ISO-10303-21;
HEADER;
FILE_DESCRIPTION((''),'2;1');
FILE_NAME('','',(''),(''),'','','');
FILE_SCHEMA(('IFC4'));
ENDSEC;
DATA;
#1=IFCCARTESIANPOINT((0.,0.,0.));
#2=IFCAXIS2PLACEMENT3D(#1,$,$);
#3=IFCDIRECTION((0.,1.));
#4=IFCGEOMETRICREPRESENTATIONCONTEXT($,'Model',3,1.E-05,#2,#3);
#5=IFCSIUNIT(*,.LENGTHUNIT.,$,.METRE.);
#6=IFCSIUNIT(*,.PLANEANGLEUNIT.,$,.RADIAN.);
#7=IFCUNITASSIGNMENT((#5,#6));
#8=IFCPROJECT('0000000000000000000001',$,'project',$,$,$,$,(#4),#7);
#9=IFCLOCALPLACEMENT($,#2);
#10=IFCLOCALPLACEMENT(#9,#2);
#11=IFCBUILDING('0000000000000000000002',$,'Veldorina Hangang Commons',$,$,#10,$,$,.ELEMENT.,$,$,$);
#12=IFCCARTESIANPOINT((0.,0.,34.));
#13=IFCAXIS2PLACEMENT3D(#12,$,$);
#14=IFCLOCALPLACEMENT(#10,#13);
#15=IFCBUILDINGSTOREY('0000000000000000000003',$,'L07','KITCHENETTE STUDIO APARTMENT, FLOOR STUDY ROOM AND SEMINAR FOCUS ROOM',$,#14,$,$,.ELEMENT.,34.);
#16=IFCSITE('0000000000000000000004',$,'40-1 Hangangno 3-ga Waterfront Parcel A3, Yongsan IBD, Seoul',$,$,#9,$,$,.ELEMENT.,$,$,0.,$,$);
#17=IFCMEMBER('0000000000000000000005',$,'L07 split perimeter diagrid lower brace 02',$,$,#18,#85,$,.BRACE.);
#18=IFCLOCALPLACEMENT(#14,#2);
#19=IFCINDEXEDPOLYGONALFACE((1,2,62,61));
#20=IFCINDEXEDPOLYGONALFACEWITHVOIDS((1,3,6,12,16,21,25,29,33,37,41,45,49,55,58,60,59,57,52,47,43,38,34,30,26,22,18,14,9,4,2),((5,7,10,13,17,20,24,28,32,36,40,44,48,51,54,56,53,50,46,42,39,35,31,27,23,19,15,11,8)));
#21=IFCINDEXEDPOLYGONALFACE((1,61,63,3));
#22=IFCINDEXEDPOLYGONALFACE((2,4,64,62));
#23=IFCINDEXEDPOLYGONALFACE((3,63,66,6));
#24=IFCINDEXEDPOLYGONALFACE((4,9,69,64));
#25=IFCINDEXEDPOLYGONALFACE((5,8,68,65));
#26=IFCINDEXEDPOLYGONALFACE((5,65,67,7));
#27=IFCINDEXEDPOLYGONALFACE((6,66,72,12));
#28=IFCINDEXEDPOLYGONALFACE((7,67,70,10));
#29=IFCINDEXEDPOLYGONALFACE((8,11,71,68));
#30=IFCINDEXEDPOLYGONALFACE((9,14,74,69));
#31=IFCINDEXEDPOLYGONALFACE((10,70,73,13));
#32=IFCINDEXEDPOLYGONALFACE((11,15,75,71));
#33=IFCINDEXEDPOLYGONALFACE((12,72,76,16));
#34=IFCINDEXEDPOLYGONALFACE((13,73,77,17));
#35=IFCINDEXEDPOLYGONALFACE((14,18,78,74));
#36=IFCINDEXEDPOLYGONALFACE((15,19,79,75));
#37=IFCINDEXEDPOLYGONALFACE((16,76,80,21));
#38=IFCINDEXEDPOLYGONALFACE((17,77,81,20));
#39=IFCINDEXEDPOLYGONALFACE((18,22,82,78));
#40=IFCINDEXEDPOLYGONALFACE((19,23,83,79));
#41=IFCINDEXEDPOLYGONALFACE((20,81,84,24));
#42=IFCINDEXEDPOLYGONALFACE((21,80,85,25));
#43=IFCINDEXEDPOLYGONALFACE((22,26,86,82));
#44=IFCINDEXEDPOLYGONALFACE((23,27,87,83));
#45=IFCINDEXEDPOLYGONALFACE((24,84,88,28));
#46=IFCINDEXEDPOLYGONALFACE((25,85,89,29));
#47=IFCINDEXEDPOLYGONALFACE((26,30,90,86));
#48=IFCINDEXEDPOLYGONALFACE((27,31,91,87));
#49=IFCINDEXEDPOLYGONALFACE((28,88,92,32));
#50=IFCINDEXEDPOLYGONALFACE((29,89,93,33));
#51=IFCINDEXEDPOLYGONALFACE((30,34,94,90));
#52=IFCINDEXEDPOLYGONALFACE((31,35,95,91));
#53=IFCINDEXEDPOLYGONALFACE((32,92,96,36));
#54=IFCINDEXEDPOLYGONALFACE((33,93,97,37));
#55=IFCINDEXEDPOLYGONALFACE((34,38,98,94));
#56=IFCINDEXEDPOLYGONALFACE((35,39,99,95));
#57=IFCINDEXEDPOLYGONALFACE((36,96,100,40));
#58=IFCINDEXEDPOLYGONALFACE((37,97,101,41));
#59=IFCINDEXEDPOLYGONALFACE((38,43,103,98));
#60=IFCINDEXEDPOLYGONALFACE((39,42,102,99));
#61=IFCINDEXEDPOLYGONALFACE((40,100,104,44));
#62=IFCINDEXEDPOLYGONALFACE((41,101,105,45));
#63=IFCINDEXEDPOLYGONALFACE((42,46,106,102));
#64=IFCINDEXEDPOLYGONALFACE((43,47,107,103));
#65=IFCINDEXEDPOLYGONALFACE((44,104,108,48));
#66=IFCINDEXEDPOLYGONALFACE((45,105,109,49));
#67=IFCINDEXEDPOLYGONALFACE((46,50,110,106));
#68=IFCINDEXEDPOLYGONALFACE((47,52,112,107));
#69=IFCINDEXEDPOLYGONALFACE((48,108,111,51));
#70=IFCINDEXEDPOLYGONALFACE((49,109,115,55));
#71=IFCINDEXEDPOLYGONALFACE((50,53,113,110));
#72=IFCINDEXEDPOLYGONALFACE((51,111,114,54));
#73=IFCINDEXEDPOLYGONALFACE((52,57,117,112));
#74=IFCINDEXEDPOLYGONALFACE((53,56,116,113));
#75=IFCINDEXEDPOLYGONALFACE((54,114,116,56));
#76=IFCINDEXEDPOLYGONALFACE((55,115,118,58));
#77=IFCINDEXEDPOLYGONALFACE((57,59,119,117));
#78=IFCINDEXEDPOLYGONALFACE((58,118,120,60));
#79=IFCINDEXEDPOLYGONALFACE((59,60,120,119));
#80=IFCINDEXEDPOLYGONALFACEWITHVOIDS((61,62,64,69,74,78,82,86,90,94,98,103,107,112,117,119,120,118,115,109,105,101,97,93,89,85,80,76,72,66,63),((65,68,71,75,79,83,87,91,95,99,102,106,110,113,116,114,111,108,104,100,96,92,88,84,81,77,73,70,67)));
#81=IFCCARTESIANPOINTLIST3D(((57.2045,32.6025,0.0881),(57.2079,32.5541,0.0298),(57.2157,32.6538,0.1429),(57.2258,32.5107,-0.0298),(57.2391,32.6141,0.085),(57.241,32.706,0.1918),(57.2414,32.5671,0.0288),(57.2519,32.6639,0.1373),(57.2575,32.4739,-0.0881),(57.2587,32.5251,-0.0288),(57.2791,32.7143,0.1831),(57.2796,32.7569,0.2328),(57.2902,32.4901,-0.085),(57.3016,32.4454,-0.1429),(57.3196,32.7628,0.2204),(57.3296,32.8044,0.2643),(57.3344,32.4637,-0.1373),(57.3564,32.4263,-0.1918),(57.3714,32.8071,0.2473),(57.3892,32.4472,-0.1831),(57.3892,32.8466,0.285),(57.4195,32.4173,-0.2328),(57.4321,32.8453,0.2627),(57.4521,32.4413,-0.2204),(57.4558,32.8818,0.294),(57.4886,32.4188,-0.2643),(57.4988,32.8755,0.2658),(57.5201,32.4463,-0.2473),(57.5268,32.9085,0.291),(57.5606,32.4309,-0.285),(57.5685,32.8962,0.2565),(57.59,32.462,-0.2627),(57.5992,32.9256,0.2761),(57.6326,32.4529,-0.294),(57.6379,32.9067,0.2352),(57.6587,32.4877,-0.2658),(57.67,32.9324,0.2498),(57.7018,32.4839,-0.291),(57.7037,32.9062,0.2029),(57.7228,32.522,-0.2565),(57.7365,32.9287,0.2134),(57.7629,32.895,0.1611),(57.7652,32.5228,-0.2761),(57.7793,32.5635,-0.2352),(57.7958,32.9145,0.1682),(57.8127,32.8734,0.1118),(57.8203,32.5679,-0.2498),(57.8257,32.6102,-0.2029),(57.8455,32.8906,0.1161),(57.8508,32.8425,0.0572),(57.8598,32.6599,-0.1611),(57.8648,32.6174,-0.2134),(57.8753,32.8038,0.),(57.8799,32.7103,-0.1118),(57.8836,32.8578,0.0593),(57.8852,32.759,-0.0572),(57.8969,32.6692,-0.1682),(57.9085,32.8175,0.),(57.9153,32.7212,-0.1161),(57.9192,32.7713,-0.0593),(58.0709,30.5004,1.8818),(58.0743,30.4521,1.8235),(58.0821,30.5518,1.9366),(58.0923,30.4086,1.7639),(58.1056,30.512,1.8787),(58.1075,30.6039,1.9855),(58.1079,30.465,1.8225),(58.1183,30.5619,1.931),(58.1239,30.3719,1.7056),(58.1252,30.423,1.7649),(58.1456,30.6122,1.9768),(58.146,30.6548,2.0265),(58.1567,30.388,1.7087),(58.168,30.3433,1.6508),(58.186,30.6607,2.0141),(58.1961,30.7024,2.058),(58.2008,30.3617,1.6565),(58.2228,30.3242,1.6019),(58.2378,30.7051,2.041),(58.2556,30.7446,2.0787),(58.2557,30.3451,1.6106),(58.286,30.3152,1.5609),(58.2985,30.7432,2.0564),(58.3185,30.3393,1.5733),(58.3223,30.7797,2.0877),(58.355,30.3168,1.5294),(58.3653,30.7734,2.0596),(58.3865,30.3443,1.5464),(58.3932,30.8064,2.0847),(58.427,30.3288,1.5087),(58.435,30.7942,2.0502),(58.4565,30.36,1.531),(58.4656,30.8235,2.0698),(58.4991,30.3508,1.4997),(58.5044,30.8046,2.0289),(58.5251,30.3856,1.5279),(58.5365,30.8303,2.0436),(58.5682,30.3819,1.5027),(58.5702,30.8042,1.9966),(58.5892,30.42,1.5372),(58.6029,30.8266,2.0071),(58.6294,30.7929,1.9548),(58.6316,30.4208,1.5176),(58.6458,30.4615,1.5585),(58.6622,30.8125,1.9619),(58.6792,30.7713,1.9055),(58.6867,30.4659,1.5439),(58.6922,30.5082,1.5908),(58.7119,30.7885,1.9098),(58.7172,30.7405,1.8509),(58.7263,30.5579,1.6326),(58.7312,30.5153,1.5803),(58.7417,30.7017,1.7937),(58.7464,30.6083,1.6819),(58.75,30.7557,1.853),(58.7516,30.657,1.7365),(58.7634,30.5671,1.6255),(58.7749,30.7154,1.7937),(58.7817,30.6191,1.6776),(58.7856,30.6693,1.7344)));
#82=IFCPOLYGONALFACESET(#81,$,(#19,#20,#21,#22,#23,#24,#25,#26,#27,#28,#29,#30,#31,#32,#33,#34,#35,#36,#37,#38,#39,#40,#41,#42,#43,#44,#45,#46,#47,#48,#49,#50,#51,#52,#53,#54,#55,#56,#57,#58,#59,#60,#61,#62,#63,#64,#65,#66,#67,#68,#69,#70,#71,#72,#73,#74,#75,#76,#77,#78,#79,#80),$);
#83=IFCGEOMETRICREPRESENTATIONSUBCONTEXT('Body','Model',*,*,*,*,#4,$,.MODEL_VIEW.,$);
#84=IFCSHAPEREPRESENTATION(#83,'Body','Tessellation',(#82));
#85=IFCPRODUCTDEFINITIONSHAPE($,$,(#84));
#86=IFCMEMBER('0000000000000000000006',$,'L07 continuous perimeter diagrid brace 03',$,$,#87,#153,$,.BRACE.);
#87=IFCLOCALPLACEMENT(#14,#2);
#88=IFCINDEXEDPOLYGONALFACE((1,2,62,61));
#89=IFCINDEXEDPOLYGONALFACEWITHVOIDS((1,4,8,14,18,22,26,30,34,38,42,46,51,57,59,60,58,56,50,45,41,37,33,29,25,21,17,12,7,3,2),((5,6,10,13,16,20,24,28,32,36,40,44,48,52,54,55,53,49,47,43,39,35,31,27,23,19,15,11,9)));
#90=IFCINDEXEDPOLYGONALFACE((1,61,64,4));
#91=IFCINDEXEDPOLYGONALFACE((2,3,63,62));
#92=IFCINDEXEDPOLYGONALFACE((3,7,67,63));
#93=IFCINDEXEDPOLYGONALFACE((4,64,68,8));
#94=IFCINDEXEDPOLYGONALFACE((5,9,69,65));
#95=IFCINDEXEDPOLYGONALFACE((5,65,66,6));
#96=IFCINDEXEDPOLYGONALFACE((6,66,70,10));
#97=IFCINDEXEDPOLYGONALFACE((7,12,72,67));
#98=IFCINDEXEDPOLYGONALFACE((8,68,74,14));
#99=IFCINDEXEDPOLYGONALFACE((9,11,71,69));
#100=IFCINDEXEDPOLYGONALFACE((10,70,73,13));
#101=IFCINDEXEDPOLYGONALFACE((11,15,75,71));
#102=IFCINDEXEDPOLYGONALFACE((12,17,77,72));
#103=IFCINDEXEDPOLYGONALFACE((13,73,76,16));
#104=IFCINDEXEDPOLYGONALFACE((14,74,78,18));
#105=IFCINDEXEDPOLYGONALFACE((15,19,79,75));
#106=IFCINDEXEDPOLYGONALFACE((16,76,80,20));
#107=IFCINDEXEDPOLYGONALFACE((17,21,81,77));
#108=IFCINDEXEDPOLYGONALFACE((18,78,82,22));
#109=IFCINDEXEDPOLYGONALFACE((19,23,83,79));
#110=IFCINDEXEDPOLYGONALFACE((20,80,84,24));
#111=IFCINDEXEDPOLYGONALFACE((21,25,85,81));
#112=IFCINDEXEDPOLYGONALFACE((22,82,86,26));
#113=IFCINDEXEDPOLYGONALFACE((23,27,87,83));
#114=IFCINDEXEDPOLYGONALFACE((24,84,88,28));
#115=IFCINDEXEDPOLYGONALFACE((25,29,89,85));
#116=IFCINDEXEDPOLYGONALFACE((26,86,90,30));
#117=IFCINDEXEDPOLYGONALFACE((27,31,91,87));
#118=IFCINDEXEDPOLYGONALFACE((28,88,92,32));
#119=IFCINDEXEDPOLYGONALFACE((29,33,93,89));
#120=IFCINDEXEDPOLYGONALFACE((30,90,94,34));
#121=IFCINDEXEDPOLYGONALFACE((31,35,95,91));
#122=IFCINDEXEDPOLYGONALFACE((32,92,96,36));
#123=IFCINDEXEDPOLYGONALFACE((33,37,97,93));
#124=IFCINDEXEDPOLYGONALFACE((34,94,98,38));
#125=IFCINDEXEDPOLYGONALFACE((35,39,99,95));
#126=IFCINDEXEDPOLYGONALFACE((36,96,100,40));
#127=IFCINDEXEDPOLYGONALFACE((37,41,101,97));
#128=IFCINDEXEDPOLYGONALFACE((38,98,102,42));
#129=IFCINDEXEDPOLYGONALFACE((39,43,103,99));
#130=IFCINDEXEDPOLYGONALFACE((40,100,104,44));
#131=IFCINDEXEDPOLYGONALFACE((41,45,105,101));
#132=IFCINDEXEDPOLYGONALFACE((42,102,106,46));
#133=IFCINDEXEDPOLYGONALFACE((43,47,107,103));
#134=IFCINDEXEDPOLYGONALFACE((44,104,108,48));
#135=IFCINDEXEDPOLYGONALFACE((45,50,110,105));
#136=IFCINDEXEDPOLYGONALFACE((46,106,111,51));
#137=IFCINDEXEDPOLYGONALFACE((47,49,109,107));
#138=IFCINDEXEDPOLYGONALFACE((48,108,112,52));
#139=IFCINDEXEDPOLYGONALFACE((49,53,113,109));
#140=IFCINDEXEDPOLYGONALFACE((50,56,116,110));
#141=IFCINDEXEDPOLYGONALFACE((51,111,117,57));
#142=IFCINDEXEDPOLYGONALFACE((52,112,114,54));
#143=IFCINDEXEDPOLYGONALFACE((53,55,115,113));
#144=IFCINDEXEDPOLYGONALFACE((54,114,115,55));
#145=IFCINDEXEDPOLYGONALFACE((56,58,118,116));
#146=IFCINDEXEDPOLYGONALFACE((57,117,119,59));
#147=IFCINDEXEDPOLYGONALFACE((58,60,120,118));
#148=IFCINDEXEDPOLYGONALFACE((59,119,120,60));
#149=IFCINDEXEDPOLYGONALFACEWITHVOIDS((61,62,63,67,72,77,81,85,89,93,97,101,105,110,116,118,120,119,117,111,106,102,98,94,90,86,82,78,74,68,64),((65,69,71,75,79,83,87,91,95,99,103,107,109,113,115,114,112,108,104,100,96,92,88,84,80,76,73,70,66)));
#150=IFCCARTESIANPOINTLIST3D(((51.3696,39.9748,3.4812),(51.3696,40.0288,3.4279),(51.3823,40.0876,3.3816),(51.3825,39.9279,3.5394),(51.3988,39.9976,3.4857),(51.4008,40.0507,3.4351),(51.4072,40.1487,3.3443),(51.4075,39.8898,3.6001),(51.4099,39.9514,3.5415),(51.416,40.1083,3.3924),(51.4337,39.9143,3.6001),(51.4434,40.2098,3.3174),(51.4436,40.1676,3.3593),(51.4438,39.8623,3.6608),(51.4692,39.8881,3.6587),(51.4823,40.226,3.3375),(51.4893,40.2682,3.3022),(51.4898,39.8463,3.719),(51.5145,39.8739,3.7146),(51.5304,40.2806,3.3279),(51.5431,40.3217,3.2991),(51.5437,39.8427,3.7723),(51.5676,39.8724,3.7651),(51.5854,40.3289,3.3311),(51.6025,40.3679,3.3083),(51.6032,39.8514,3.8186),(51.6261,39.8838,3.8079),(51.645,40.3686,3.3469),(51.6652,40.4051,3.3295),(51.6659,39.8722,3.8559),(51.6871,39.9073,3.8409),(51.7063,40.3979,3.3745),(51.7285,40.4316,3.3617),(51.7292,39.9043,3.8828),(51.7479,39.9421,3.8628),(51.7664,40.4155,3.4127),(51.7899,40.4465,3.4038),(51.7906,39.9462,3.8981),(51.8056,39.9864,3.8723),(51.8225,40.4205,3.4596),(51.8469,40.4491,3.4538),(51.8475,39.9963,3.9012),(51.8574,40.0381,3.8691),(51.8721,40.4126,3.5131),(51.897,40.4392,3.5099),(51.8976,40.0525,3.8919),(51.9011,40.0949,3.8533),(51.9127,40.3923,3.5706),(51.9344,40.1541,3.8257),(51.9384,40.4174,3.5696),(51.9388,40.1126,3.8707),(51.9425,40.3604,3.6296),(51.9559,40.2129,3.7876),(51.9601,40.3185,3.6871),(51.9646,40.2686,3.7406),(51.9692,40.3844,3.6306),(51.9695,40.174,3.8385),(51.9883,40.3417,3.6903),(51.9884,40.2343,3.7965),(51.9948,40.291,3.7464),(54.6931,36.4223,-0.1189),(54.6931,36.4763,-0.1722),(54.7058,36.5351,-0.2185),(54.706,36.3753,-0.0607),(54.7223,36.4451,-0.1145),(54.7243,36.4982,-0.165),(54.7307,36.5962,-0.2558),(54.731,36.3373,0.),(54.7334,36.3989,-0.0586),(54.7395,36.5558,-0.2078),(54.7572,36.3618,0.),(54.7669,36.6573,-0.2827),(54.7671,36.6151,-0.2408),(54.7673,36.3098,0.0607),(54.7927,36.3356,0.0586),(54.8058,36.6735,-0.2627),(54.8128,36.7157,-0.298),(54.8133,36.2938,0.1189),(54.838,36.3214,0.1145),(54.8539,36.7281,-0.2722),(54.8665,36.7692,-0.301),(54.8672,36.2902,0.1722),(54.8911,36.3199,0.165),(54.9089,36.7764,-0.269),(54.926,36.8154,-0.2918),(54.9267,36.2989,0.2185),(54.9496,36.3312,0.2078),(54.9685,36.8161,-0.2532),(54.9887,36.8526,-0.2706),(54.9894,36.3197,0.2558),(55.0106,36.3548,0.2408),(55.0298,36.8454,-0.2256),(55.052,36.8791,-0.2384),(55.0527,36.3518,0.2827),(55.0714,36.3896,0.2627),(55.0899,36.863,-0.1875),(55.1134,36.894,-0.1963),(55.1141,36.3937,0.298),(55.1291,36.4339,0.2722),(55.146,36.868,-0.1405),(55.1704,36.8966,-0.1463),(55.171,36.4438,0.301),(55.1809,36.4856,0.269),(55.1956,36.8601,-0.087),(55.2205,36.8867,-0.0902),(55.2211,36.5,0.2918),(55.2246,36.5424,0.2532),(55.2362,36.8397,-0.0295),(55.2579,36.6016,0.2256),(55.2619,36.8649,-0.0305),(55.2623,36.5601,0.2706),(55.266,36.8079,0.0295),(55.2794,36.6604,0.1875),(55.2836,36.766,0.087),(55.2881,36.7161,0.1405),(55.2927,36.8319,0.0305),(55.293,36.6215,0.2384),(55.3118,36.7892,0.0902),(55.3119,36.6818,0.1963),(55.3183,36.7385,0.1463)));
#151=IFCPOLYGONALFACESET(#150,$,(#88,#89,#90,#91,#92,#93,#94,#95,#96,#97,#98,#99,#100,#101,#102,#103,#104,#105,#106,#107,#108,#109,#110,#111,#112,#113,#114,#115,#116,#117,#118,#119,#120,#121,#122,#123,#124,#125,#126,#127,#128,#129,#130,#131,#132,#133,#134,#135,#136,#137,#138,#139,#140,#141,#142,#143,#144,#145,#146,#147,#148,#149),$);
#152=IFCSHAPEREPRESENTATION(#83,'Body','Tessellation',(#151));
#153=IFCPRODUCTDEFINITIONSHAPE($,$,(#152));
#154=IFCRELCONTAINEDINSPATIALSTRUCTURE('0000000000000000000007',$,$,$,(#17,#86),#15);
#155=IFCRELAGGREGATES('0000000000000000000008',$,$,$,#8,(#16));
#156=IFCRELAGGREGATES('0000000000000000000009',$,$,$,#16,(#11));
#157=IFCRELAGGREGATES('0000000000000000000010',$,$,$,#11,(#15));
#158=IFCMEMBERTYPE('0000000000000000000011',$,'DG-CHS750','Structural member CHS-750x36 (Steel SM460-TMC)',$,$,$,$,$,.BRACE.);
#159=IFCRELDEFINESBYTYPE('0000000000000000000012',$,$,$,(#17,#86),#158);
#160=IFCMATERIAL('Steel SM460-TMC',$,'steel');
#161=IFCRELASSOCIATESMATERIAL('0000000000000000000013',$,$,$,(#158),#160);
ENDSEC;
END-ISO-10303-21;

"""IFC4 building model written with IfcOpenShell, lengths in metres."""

from ifc_helpers import new_model, si_unit, direction, frame, origin, origin_2d, place, context, subcontext, project, spatial, hollow_circle, extrude, material, material_profile, profile_set, type_object, element, save


model = new_model("IFC4")

# Units and contexts
model_context = context("Model", 3, precision=1e-05, world=origin(), true_north=direction((0.0, 1.0)))
body_context = subcontext(model_context, "Body", "Model", "MODEL_VIEW")
ifc_project = project(units=[si_unit("LENGTHUNIT", "METRE"), si_unit("PLANEANGLEUNIT", "RADIAN")], contexts=[model_context])

# Site, building, storey
site_placement = place(None, origin())
site = spatial("IfcSite", under=ifc_project, at=site_placement, Name="40-1 Hangangno 3-ga Waterfront Parcel A3, Yongsan IBD, Seoul", CompositionType="ELEMENT", RefElevation=0.0)
building_placement = place(site_placement, origin())
building = spatial("IfcBuilding", under=site, at=building_placement, Name="Veldorina Hangang Commons", CompositionType="ELEMENT")
storey_placement = place(building_placement, frame((0.0, 0.0, 34.0)))
storey = spatial("IfcBuildingStorey", under=building, at=storey_placement, Name="L07", Description="KITCHENETTE STUDIO APARTMENT, FLOOR STUDY ROOM AND SEMINAR FOCUS ROOM", CompositionType="ELEMENT", Elevation=34.0)

# Shared definitions
ifc_material_1 = material(Name="Steel SM460-TMC", Category="steel")

# Members
ifc_material_profile_1 = material_profile(ifc_material_1, hollow_circle(Radius=0.375, WallThickness=0.0359, at=origin_2d()), Name="CHS-750x36")
ifc_profile_set_1 = profile_set([ifc_material_profile_1], Name="Steel SM460-TMC")
member_type = type_object("IfcMemberType", Name="DG-CHS750", Description="Structural member CHS-750x36 (Steel SM460-TMC)", PredefinedType="BRACE", material=ifc_profile_set_1)
member_1_placement = place(storey_placement, frame((57.5618, 32.6746, 0.0), z_axis=(0.299192, -0.72585, 0.619375), x_axis=(0.924538, 0.38109, 0.0)))
element("IfcMember", 1, at=member_1_placement, inside=storey, type_object=member_type, Name="L07 split perimeter diagrid lower brace 02", PredefinedType="BRACE", context=body_context, shape_type="SweptSolid", body=[
    extrude(hollow_circle(Radius=0.375, WallThickness=0.0359, at=origin_2d()), origin(), (0.0, 0.0, 1.0), 2.896),
])
member_2_placement = place(storey_placement, frame((55.0049, 36.5935, 0.0), z_axis=(-0.549157, 0.586996, 0.594863), x_axis=(-0.730252, -0.683178, 0.0)))
element("IfcMember", 2, at=member_2_placement, inside=storey, type_object=member_type, Name="L07 continuous perimeter diagrid brace 03", PredefinedType="BRACE", context=body_context, shape_type="SweptSolid", body=[
    extrude(hollow_circle(Radius=0.375, WallThickness=0.0359, at=origin_2d()), origin(), (0.0, 0.0, 1.0), 6.052),
])

save(model, "model.ifc")
